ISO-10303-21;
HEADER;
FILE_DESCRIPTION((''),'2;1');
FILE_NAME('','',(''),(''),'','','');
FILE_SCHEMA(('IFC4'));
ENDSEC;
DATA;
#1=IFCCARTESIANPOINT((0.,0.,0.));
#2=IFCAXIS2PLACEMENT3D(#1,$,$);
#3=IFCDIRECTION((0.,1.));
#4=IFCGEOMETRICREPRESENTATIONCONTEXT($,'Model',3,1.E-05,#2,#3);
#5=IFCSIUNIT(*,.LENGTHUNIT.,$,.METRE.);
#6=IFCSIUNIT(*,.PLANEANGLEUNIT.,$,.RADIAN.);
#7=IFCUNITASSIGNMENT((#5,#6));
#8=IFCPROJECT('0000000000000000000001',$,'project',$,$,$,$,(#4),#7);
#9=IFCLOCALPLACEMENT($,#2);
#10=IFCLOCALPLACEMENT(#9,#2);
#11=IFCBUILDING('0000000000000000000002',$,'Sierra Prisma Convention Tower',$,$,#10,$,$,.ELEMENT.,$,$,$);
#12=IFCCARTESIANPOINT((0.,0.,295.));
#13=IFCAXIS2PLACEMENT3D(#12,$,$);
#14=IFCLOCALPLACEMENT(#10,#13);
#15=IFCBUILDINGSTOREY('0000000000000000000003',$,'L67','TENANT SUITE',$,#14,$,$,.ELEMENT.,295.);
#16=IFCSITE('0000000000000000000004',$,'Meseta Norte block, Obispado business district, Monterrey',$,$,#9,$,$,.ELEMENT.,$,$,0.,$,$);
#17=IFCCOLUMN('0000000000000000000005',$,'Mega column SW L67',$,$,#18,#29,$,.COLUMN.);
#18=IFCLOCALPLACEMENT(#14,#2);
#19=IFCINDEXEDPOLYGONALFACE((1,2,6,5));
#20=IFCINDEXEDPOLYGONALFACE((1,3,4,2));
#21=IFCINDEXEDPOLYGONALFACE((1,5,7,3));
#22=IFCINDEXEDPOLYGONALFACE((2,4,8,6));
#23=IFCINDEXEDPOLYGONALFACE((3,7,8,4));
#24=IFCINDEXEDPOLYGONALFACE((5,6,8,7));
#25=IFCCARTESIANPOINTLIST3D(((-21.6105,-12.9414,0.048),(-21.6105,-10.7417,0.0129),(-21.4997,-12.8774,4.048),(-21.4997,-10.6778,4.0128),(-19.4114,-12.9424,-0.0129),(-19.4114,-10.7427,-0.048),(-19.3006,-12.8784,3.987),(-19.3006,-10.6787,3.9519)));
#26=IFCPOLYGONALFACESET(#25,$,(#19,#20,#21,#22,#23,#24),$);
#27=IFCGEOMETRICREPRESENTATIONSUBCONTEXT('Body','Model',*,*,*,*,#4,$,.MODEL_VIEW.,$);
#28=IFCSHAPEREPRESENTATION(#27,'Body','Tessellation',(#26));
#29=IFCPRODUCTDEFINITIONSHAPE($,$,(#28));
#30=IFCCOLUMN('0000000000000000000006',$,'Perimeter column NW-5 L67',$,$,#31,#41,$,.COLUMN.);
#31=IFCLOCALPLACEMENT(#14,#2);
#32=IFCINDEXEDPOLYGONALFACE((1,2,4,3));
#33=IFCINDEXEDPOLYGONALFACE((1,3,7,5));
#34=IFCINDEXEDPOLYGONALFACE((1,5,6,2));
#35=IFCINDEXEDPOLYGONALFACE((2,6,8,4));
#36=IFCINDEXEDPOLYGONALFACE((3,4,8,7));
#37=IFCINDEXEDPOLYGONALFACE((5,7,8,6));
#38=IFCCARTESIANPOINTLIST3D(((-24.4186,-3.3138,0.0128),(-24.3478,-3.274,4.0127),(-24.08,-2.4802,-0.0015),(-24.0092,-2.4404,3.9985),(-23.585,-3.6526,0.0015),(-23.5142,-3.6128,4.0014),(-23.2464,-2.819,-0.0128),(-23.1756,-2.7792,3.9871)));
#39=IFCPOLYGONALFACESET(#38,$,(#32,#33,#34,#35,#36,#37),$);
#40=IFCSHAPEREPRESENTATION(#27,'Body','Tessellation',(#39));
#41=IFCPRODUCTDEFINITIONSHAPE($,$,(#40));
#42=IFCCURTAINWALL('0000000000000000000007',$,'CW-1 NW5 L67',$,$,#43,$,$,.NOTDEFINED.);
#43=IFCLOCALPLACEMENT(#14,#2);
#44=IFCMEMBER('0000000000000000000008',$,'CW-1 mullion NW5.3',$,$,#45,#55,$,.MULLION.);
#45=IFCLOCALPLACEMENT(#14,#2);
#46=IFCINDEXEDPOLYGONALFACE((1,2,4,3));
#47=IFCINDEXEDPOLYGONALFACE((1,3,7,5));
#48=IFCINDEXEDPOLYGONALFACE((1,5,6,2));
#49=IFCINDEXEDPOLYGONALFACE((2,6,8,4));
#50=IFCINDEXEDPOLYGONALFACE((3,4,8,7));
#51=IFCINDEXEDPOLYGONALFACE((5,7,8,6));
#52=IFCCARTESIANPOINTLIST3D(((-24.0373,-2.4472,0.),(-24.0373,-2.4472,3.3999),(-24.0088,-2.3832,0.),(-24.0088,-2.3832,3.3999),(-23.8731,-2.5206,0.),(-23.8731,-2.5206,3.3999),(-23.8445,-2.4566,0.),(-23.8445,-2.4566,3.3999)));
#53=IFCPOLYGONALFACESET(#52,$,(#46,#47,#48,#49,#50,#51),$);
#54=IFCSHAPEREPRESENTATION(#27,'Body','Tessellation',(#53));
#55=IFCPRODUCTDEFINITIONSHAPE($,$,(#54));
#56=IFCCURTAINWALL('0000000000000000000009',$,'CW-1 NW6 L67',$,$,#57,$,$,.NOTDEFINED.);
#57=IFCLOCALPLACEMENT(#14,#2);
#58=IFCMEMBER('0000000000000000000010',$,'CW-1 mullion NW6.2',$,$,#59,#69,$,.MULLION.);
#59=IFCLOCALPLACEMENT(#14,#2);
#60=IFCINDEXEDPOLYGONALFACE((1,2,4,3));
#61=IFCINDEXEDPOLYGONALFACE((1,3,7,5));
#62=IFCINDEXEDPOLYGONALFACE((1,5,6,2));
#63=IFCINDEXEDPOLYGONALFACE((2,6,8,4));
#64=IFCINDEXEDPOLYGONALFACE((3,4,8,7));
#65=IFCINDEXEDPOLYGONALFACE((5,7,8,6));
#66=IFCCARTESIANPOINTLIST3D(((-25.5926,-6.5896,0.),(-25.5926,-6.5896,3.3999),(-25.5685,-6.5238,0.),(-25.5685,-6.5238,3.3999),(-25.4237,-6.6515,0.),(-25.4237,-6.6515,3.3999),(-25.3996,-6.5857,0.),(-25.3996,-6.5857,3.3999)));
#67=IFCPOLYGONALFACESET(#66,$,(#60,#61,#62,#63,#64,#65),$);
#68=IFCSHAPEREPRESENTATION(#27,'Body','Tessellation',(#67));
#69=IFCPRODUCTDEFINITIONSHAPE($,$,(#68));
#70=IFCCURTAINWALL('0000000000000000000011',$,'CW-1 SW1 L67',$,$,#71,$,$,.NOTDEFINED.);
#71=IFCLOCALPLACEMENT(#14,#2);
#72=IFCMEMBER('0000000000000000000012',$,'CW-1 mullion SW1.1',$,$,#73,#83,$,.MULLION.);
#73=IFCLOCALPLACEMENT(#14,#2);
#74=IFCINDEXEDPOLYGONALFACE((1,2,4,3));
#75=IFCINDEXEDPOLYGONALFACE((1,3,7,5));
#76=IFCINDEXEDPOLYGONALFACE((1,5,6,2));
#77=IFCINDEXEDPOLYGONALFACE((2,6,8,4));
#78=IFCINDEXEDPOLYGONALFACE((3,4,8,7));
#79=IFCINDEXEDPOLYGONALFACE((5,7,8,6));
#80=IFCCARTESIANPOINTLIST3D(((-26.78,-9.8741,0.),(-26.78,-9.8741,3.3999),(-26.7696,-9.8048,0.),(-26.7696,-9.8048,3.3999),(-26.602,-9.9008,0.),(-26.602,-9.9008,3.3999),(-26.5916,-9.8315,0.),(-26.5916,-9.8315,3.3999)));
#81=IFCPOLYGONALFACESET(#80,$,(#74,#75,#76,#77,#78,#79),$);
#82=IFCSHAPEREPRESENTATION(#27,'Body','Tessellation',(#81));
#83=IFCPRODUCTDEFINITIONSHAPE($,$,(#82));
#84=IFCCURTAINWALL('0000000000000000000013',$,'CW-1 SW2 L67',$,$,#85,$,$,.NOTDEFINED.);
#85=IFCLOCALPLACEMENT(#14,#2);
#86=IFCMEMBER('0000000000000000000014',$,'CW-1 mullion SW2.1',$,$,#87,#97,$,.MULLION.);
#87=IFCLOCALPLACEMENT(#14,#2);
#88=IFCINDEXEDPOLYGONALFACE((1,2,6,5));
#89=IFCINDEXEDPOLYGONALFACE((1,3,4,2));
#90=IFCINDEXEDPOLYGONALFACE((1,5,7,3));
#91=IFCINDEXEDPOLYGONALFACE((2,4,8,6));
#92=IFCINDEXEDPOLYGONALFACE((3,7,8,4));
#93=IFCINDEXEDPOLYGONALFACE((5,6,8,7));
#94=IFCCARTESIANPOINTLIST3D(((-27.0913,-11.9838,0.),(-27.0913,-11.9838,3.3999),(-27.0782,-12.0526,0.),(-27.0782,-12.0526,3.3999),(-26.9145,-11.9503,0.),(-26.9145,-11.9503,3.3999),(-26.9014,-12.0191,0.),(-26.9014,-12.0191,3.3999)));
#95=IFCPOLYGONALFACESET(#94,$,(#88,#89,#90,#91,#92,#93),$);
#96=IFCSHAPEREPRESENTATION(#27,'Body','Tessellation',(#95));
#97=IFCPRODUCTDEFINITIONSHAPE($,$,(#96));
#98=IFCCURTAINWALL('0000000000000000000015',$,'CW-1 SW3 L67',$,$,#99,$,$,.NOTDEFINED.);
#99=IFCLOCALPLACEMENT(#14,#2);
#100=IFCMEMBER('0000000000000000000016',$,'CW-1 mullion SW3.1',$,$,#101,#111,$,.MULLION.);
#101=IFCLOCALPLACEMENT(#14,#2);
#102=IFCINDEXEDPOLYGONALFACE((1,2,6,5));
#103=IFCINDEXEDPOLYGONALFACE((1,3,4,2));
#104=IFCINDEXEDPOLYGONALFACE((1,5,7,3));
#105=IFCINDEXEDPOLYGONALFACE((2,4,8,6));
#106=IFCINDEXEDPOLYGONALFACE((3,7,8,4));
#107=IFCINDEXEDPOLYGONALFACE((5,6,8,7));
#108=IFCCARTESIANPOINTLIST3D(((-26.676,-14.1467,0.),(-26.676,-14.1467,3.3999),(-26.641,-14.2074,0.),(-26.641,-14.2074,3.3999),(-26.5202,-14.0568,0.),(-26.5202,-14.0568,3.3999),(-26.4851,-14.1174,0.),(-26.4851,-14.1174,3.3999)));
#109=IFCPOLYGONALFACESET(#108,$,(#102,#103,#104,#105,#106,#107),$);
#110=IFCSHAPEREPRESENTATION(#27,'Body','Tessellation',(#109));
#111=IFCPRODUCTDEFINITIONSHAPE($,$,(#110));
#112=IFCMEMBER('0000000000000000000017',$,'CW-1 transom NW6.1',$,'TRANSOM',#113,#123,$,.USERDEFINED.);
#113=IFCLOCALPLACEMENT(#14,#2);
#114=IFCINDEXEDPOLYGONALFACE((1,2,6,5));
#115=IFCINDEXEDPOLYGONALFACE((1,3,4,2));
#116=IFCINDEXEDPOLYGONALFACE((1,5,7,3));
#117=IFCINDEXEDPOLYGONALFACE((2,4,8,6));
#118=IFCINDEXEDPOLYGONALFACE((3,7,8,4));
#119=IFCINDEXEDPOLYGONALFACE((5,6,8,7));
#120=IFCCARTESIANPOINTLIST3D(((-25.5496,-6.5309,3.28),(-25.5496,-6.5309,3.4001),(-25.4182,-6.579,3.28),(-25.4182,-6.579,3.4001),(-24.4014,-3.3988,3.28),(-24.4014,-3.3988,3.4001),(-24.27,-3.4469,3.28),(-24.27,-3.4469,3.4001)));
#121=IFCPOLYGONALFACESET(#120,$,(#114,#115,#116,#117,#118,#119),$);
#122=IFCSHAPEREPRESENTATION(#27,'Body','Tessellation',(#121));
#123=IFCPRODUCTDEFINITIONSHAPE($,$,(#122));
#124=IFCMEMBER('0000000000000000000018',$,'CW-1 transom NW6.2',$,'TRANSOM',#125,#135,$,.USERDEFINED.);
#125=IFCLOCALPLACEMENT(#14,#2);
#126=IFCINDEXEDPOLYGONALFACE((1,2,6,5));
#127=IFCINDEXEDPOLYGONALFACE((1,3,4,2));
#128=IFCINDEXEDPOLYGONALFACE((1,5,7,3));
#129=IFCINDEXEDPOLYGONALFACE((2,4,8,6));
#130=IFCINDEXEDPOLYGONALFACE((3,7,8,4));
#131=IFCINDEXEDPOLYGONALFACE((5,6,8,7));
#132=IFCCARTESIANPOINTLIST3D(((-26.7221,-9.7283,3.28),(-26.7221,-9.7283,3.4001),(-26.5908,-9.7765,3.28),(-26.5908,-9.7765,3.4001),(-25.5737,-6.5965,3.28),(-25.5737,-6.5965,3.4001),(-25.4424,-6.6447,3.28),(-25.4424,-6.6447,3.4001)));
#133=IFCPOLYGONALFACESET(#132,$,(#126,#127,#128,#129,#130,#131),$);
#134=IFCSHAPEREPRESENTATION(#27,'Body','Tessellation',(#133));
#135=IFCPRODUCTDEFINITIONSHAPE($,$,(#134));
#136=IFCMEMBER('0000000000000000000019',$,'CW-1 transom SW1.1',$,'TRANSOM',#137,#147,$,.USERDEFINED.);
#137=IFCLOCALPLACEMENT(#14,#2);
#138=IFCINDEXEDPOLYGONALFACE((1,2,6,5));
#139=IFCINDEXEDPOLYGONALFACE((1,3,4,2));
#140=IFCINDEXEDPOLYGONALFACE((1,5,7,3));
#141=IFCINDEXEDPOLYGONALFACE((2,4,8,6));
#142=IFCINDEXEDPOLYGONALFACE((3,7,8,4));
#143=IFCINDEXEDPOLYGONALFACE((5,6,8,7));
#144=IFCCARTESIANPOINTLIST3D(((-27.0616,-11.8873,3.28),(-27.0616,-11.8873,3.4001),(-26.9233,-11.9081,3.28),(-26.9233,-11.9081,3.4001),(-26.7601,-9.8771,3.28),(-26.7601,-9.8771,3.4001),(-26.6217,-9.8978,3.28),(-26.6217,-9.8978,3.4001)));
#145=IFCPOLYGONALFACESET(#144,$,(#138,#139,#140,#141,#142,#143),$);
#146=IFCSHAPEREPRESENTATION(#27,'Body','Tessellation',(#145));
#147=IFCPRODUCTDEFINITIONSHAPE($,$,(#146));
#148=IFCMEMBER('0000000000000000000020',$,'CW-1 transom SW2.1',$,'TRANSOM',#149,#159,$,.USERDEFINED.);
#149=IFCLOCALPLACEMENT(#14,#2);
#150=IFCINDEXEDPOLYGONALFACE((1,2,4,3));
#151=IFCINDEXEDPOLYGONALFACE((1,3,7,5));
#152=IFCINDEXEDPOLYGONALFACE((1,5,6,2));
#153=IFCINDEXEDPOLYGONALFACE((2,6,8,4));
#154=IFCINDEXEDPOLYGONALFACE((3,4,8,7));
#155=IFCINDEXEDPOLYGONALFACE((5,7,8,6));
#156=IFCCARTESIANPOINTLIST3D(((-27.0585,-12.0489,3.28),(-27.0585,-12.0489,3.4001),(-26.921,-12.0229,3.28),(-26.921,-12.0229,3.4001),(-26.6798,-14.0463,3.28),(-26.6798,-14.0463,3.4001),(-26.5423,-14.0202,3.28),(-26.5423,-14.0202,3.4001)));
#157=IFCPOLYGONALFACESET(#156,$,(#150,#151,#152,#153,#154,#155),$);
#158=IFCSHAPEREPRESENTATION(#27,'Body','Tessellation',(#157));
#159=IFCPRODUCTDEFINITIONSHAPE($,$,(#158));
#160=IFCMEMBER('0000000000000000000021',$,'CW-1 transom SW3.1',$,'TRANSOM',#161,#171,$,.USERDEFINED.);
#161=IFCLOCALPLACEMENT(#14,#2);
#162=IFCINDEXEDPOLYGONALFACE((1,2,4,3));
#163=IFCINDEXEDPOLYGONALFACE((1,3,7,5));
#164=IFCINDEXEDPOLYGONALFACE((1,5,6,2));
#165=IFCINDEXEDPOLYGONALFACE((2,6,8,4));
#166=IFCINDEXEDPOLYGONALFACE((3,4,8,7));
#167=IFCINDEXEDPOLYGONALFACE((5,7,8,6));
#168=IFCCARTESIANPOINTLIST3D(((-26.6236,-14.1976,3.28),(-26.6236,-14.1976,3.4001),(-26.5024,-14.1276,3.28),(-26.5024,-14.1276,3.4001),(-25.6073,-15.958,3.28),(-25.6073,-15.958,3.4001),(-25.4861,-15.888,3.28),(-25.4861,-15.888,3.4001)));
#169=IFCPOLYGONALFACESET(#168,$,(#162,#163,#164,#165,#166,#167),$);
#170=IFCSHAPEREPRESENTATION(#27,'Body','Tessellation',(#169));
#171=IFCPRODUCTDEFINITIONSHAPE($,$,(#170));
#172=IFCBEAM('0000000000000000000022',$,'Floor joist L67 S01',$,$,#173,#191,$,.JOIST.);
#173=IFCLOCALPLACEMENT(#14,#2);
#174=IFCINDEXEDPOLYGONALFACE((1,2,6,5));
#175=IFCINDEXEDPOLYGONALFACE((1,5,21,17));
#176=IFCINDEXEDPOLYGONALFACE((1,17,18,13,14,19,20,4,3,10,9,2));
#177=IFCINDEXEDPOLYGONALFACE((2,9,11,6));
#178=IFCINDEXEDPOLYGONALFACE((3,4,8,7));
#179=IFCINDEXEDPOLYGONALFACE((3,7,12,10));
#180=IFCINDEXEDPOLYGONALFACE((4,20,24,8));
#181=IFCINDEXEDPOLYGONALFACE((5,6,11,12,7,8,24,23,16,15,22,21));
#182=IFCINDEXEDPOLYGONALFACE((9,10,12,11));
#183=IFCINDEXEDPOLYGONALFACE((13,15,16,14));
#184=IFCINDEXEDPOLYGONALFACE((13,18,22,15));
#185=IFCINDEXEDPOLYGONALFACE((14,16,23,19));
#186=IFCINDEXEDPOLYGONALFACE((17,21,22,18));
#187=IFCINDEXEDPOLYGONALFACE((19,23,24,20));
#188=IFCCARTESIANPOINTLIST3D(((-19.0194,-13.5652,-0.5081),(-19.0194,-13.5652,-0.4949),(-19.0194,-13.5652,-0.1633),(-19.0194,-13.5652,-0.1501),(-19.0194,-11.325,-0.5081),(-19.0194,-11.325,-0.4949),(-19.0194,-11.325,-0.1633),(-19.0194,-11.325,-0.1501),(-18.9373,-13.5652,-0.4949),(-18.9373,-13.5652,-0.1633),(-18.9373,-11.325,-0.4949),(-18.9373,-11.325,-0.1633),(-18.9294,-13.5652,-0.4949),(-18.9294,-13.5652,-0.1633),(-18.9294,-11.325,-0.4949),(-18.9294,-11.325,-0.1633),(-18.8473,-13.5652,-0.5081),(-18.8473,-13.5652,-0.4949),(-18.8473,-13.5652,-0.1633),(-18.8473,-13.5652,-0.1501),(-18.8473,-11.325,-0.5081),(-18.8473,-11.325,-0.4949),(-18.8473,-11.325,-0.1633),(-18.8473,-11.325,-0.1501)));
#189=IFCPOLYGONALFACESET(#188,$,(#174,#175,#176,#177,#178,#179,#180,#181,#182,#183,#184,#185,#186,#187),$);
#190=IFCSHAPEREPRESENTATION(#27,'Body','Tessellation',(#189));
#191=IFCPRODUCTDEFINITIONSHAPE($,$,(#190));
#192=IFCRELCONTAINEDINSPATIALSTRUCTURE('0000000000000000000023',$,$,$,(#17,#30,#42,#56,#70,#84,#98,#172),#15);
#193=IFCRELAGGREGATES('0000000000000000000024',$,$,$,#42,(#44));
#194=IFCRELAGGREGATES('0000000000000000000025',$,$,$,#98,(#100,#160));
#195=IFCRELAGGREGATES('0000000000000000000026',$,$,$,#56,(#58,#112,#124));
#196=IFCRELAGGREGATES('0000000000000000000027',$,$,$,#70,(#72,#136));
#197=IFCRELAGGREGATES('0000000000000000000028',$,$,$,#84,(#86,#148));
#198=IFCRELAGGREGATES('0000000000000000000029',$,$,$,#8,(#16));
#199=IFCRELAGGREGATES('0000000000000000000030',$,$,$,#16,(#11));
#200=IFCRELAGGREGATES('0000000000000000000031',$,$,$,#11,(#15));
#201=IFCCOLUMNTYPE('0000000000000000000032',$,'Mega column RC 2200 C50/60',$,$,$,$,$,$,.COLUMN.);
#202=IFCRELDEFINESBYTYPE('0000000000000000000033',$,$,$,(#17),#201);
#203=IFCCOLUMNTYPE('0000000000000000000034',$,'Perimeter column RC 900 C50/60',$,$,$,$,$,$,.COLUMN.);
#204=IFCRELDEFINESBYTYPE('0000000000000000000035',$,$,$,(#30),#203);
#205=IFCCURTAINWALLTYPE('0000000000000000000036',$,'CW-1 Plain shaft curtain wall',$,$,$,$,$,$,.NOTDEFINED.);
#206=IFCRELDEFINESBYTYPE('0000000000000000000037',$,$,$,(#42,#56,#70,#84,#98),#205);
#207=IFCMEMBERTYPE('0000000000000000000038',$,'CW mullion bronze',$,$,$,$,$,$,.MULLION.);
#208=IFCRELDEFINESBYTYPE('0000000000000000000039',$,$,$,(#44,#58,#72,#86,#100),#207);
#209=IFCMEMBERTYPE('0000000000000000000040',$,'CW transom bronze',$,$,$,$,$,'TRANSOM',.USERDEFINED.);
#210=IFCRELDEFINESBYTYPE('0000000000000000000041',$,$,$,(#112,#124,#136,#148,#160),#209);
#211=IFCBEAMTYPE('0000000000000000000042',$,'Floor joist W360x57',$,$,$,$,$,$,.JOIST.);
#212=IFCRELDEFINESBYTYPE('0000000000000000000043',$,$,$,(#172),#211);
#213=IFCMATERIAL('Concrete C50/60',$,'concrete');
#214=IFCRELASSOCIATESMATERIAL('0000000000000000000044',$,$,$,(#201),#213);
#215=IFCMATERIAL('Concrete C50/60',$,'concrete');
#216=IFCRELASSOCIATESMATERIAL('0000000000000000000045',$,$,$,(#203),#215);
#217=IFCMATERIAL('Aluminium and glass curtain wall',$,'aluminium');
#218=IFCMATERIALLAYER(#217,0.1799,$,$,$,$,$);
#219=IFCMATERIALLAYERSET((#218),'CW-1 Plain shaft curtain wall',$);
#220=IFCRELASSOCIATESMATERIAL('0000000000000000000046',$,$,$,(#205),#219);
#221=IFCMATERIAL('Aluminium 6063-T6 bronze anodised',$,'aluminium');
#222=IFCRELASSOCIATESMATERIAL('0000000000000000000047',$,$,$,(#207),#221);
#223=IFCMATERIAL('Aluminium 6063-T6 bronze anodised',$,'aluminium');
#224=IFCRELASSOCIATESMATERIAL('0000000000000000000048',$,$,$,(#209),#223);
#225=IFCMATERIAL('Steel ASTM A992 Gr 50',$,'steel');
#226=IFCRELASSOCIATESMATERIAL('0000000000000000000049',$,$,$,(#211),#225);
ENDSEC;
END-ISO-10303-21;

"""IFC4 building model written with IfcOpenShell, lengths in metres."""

from ifc_helpers import new_model, si_unit, direction, frame, origin, origin_2d, place, context, subcontext, project, spatial, rectangle, i_section, extrude, material, layer, layer_set, material_profile, profile_set, type_object, element, aggregate, save


model = new_model("IFC4")

# Units and contexts
model_context = context("Model", 3, precision=1e-05, world=origin(), true_north=direction((0.0, 1.0)))
body_context = subcontext(model_context, "Body", "Model", "MODEL_VIEW")
ifc_project = project(units=[si_unit("LENGTHUNIT", "METRE"), si_unit("PLANEANGLEUNIT", "RADIAN")], contexts=[model_context])

# Site, building, storey
site_placement = place(None, origin())
site = spatial("IfcSite", under=ifc_project, at=site_placement, Name="Meseta Norte block, Obispado business district, Monterrey", CompositionType="ELEMENT", RefElevation=0.0)
building_placement = place(site_placement, origin())
building = spatial("IfcBuilding", under=site, at=building_placement, Name="Sierra Prisma Convention Tower", CompositionType="ELEMENT")
storey_placement = place(building_placement, frame((0.0, 0.0, 295.0)))
storey = spatial("IfcBuildingStorey", under=building, at=storey_placement, Name="L67", Description="TENANT SUITE", CompositionType="ELEMENT", Elevation=295.0)

# Columns
ifc_material_1 = material(Name="Concrete C50/60", Category="concrete")
ifc_material_profile_1 = material_profile(ifc_material_1, rectangle(XDim=2.2, YDim=2.2, at=origin_2d()), Name="Mega column RC 2200 C50/60")
ifc_profile_set_1 = profile_set([ifc_material_profile_1], Name="Concrete C50/60")
column_type_1 = type_object("IfcColumnType", Name="Mega column RC 2200 C50/60", PredefinedType="COLUMN", material=ifc_profile_set_1)
column_1_placement = place(storey_placement, frame((-20.511, -11.842, 0.0), z_axis=(0.027696, 0.015983, 0.999489), x_axis=(0.999616, -0.000443, -0.027692)))
element("IfcColumn", 1, at=column_1_placement, inside=storey, type_object=column_type_1, Name="Mega column SW L67", PredefinedType="COLUMN", context=body_context, shape_type="SweptSolid", body=[
    extrude(rectangle(XDim=2.2, YDim=2.2, at=origin_2d()), origin(), (0.0, 0.0, 1.0), 4.002),
])
ifc_material_2 = material(Name="Concrete C50/60", Category="concrete")
ifc_material_profile_2 = material_profile(ifc_material_2, rectangle(XDim=0.8999, YDim=0.8999, at=origin_2d()), Name="Perimeter column RC 900 C50/60")
ifc_profile_set_2 = profile_set([ifc_material_profile_2], Name="Concrete C50/60")
column_type_2 = type_object("IfcColumnType", Name="Perimeter column RC 900 C50/60", PredefinedType="COLUMN", material=ifc_profile_set_2)
column_2_placement = place(storey_placement, frame((-23.8325, -3.0664, 0.0), z_axis=(0.017697, 0.009947, 0.999794), x_axis=(0.376296, 0.926363, -0.015877)))
element("IfcColumn", 2, at=column_2_placement, inside=storey, type_object=column_type_2, Name="Perimeter column NW-5 L67", PredefinedType="COLUMN", context=body_context, shape_type="SweptSolid", body=[
    extrude(rectangle(XDim=0.8999, YDim=0.8999, at=origin_2d()), origin(), (0.0, 0.0, 1.0), 4.0007),
])

# Curtain walls, members
ifc_material_3 = material(Name="Aluminium and glass curtain wall", Category="aluminium")
ifc_layer_1 = layer(ifc_material_3, 0.1799)
ifc_layer_set_1 = layer_set([ifc_layer_1], Name="CW-1 Plain shaft curtain wall")
curtain_wall_type = type_object("IfcCurtainWallType", Name="CW-1 Plain shaft curtain wall", PredefinedType="NOTDEFINED", material=ifc_layer_set_1)
curtain_wall_1_placement = place(storey_placement, origin())
curtain_wall_1 = element("IfcCurtainWall", 3, at=curtain_wall_1_placement, inside=storey, type_object=curtain_wall_type, Name="CW-1 NW5 L67", PredefinedType="NOTDEFINED")
ifc_material_4 = material(Name="Aluminium 6063-T6 bronze anodised", Category="aluminium")
ifc_material_profile_3 = material_profile(ifc_material_4, rectangle(XDim=0.1799, YDim=0.0701, at=origin_2d()), Name="ALU MULLION 70x180")
ifc_profile_set_3 = profile_set([ifc_material_profile_3], Name="Aluminium 6063-T6 bronze anodised")
member_type_1 = type_object("IfcMemberType", Name="CW mullion bronze", PredefinedType="MULLION", material=ifc_profile_set_3)
member_1_placement = place(storey_placement, frame((-23.9409, -2.4519, 0.0), z_axis=(0.0, 0.0, 1.0), x_axis=(0.912969, -0.408028, 0.0)))
member_1 = element("IfcMember", 4, at=member_1_placement, type_object=member_type_1, Name="CW-1 mullion NW5.3", PredefinedType="MULLION", context=body_context, shape_type="SweptSolid", body=[
    extrude(rectangle(XDim=0.1799, YDim=0.0701, at=origin_2d()), origin(), (0.0, 0.0, 1.0), 3.3999),
])
aggregate(curtain_wall_1, [member_1])
curtain_wall_2_placement = place(storey_placement, origin())
curtain_wall_2 = element("IfcCurtainWall", 5, at=curtain_wall_2_placement, inside=storey, type_object=curtain_wall_type, Name="CW-1 NW6 L67", PredefinedType="NOTDEFINED")
member_2_placement = place(storey_placement, frame((-25.4961, -6.5876, 0.0), z_axis=(0.0, 0.0, 1.0), x_axis=(0.938884, -0.344234, 0.0)))
member_2 = element("IfcMember", 6, at=member_2_placement, type_object=member_type_1, Name="CW-1 mullion NW6.2", PredefinedType="MULLION", context=body_context, shape_type="SweptSolid", body=[
    extrude(rectangle(XDim=0.1799, YDim=0.0701, at=origin_2d()), origin(), (0.0, 0.0, 1.0), 3.3999),
])
curtain_wall_3_placement = place(storey_placement, origin())
curtain_wall_3 = element("IfcCurtainWall", 7, at=curtain_wall_3_placement, inside=storey, type_object=curtain_wall_type, Name="CW-1 SW1 L67", PredefinedType="NOTDEFINED")
member_3_placement = place(storey_placement, frame((-26.6858, -9.8528, 0.0), z_axis=(0.0, 0.0, 1.0), x_axis=(0.988939, -0.148322, 0.0)))
member_3 = element("IfcMember", 8, at=member_3_placement, type_object=member_type_1, Name="CW-1 mullion SW1.1", PredefinedType="MULLION", context=body_context, shape_type="SweptSolid", body=[
    extrude(rectangle(XDim=0.1799, YDim=0.0701, at=origin_2d()), origin(), (0.0, 0.0, 1.0), 3.3999),
])
curtain_wall_4_placement = place(storey_placement, origin())
curtain_wall_4 = element("IfcCurtainWall", 9, at=curtain_wall_4_placement, inside=storey, type_object=curtain_wall_type, Name="CW-1 SW2 L67", PredefinedType="NOTDEFINED")
member_4_placement = place(storey_placement, frame((-26.9963, -12.0015, 0.0), z_axis=(0.0, 0.0, 1.0), x_axis=(0.982499, 0.18627, 0.0)))
member_4 = element("IfcMember", 10, at=member_4_placement, type_object=member_type_1, Name="CW-1 mullion SW2.1", PredefinedType="MULLION", context=body_context, shape_type="SweptSolid", body=[
    extrude(rectangle(XDim=0.1799, YDim=0.0701, at=origin_2d()), origin(), (0.0, 0.0, 1.0), 3.3999),
])
curtain_wall_5_placement = place(storey_placement, origin())
curtain_wall_5 = element("IfcCurtainWall", 11, at=curtain_wall_5_placement, inside=storey, type_object=curtain_wall_type, Name="CW-1 SW3 L67", PredefinedType="NOTDEFINED")
member_5_placement = place(storey_placement, frame((-26.5806, -14.1321, 0.0), z_axis=(0.0, 0.0, 1.0), x_axis=(0.866025, 0.5, 0.0)))
member_5 = element("IfcMember", 12, at=member_5_placement, type_object=member_type_1, Name="CW-1 mullion SW3.1", PredefinedType="MULLION", context=body_context, shape_type="SweptSolid", body=[
    extrude(rectangle(XDim=0.1799, YDim=0.0701, at=origin_2d()), origin(), (0.0, 0.0, 1.0), 3.3999),
])

# Members
ifc_material_5 = material(Name="Aluminium 6063-T6 bronze anodised", Category="aluminium")
ifc_material_profile_4 = material_profile(ifc_material_5, rectangle(XDim=0.1399, YDim=0.1201, at=origin_2d()), Name="ALU TRANSOM 120x140")
ifc_profile_set_4 = profile_set([ifc_material_profile_4], Name="Aluminium 6063-T6 bronze anodised")
member_type_2 = type_object("IfcMemberType", Name="CW transom bronze", ElementType="TRANSOM", PredefinedType="USERDEFINED", material=ifc_profile_set_4)
member_6_placement = place(storey_placement, frame((-24.3357, -3.4229, 3.3401), z_axis=(-0.344192, -0.938899, 0.0), x_axis=(0.938899, -0.344192, 0.0)))
member_6 = element("IfcMember", 13, at=member_6_placement, type_object=member_type_2, Name="CW-1 transom NW6.1", ObjectType="TRANSOM", PredefinedType="USERDEFINED", context=body_context, shape_type="SweptSolid", body=[
    extrude(rectangle(XDim=0.1399, YDim=0.1201, at=origin_2d()), origin(), (0.0, 0.0, 1.0), 3.3359),
])
member_7_placement = place(storey_placement, frame((-25.5081, -6.6206, 3.3401), z_axis=(-0.34428, -0.938867, 0.0), x_axis=(0.938867, -0.34428, 0.0)))
member_7 = element("IfcMember", 14, at=member_7_placement, type_object=member_type_2, Name="CW-1 transom NW6.2", ObjectType="TRANSOM", PredefinedType="USERDEFINED", context=body_context, shape_type="SweptSolid", body=[
    extrude(rectangle(XDim=0.1399, YDim=0.1201, at=origin_2d()), origin(), (0.0, 0.0, 1.0), 3.3357),
])
member_8_placement = place(storey_placement, frame((-26.6909, -9.8875, 3.3401), z_axis=(-0.148329, -0.988938, 0.0), x_axis=(0.988938, -0.148329, 0.0)))
member_8 = element("IfcMember", 15, at=member_8_placement, type_object=member_type_2, Name="CW-1 transom SW1.1", ObjectType="TRANSOM", PredefinedType="USERDEFINED", context=body_context, shape_type="SweptSolid", body=[
    extrude(rectangle(XDim=0.1399, YDim=0.1201, at=origin_2d()), origin(), (0.0, 0.0, 1.0), 2.0327),
])
member_9_placement = place(storey_placement, frame((-26.9897, -12.0359, 3.3401), z_axis=(0.186268, -0.982499, 0.0), x_axis=(0.982499, 0.186268, 0.0)))
member_9 = element("IfcMember", 16, at=member_9_placement, type_object=member_type_2, Name="CW-1 transom SW2.1", ObjectType="TRANSOM", PredefinedType="USERDEFINED", context=body_context, shape_type="SweptSolid", body=[
    extrude(rectangle(XDim=0.1399, YDim=0.1201, at=origin_2d()), origin(), (0.0, 0.0, 1.0), 2.033),
])
member_10_placement = place(storey_placement, frame((-26.563, -14.1626, 3.3401), z_axis=(0.499975, -0.86604, 0.0), x_axis=(0.86604, 0.499975, 0.0)))
member_10 = element("IfcMember", 17, at=member_10_placement, type_object=member_type_2, Name="CW-1 transom SW3.1", ObjectType="TRANSOM", PredefinedType="USERDEFINED", context=body_context, shape_type="SweptSolid", body=[
    extrude(rectangle(XDim=0.1399, YDim=0.1201, at=origin_2d()), origin(), (0.0, 0.0, 1.0), 2.0327),
])
aggregate(curtain_wall_5, [member_5, member_10])

# Beam
ifc_material_6 = material(Name="Steel ASTM A992 Gr 50", Category="steel")
ifc_material_profile_5 = material_profile(ifc_material_6, i_section(OverallWidth=0.1721, OverallDepth=0.3579, WebThickness=0.0078, FlangeThickness=0.0132, at=origin_2d()), Name="W360x57")
ifc_profile_set_5 = profile_set([ifc_material_profile_5], Name="Steel ASTM A992 Gr 50")
beam_type_1 = type_object("IfcBeamType", Name="Floor joist W360x57", PredefinedType="JOIST", material=ifc_profile_set_5)
beam_1_placement = place(storey_placement, frame((-18.9333, -13.5652, -0.3291), z_axis=(0.0, 1.0, 0.0), x_axis=(-1.0, 0.0, 0.0)))
element("IfcBeam", 18, at=beam_1_placement, inside=storey, type_object=beam_type_1, Name="Floor joist L67 S01", PredefinedType="JOIST", context=body_context, shape_type="SweptSolid", body=[
    extrude(i_section(OverallWidth=0.1721, OverallDepth=0.3579, WebThickness=0.0078, FlangeThickness=0.0132, at=origin_2d()), origin(), (0.0, 0.0, 1.0), 2.2402),
])

aggregate(curtain_wall_2, [member_2, member_6, member_7])
aggregate(curtain_wall_3, [member_3, member_8])
aggregate(curtain_wall_4, [member_4, member_9])

save(model, "model.ifc")
